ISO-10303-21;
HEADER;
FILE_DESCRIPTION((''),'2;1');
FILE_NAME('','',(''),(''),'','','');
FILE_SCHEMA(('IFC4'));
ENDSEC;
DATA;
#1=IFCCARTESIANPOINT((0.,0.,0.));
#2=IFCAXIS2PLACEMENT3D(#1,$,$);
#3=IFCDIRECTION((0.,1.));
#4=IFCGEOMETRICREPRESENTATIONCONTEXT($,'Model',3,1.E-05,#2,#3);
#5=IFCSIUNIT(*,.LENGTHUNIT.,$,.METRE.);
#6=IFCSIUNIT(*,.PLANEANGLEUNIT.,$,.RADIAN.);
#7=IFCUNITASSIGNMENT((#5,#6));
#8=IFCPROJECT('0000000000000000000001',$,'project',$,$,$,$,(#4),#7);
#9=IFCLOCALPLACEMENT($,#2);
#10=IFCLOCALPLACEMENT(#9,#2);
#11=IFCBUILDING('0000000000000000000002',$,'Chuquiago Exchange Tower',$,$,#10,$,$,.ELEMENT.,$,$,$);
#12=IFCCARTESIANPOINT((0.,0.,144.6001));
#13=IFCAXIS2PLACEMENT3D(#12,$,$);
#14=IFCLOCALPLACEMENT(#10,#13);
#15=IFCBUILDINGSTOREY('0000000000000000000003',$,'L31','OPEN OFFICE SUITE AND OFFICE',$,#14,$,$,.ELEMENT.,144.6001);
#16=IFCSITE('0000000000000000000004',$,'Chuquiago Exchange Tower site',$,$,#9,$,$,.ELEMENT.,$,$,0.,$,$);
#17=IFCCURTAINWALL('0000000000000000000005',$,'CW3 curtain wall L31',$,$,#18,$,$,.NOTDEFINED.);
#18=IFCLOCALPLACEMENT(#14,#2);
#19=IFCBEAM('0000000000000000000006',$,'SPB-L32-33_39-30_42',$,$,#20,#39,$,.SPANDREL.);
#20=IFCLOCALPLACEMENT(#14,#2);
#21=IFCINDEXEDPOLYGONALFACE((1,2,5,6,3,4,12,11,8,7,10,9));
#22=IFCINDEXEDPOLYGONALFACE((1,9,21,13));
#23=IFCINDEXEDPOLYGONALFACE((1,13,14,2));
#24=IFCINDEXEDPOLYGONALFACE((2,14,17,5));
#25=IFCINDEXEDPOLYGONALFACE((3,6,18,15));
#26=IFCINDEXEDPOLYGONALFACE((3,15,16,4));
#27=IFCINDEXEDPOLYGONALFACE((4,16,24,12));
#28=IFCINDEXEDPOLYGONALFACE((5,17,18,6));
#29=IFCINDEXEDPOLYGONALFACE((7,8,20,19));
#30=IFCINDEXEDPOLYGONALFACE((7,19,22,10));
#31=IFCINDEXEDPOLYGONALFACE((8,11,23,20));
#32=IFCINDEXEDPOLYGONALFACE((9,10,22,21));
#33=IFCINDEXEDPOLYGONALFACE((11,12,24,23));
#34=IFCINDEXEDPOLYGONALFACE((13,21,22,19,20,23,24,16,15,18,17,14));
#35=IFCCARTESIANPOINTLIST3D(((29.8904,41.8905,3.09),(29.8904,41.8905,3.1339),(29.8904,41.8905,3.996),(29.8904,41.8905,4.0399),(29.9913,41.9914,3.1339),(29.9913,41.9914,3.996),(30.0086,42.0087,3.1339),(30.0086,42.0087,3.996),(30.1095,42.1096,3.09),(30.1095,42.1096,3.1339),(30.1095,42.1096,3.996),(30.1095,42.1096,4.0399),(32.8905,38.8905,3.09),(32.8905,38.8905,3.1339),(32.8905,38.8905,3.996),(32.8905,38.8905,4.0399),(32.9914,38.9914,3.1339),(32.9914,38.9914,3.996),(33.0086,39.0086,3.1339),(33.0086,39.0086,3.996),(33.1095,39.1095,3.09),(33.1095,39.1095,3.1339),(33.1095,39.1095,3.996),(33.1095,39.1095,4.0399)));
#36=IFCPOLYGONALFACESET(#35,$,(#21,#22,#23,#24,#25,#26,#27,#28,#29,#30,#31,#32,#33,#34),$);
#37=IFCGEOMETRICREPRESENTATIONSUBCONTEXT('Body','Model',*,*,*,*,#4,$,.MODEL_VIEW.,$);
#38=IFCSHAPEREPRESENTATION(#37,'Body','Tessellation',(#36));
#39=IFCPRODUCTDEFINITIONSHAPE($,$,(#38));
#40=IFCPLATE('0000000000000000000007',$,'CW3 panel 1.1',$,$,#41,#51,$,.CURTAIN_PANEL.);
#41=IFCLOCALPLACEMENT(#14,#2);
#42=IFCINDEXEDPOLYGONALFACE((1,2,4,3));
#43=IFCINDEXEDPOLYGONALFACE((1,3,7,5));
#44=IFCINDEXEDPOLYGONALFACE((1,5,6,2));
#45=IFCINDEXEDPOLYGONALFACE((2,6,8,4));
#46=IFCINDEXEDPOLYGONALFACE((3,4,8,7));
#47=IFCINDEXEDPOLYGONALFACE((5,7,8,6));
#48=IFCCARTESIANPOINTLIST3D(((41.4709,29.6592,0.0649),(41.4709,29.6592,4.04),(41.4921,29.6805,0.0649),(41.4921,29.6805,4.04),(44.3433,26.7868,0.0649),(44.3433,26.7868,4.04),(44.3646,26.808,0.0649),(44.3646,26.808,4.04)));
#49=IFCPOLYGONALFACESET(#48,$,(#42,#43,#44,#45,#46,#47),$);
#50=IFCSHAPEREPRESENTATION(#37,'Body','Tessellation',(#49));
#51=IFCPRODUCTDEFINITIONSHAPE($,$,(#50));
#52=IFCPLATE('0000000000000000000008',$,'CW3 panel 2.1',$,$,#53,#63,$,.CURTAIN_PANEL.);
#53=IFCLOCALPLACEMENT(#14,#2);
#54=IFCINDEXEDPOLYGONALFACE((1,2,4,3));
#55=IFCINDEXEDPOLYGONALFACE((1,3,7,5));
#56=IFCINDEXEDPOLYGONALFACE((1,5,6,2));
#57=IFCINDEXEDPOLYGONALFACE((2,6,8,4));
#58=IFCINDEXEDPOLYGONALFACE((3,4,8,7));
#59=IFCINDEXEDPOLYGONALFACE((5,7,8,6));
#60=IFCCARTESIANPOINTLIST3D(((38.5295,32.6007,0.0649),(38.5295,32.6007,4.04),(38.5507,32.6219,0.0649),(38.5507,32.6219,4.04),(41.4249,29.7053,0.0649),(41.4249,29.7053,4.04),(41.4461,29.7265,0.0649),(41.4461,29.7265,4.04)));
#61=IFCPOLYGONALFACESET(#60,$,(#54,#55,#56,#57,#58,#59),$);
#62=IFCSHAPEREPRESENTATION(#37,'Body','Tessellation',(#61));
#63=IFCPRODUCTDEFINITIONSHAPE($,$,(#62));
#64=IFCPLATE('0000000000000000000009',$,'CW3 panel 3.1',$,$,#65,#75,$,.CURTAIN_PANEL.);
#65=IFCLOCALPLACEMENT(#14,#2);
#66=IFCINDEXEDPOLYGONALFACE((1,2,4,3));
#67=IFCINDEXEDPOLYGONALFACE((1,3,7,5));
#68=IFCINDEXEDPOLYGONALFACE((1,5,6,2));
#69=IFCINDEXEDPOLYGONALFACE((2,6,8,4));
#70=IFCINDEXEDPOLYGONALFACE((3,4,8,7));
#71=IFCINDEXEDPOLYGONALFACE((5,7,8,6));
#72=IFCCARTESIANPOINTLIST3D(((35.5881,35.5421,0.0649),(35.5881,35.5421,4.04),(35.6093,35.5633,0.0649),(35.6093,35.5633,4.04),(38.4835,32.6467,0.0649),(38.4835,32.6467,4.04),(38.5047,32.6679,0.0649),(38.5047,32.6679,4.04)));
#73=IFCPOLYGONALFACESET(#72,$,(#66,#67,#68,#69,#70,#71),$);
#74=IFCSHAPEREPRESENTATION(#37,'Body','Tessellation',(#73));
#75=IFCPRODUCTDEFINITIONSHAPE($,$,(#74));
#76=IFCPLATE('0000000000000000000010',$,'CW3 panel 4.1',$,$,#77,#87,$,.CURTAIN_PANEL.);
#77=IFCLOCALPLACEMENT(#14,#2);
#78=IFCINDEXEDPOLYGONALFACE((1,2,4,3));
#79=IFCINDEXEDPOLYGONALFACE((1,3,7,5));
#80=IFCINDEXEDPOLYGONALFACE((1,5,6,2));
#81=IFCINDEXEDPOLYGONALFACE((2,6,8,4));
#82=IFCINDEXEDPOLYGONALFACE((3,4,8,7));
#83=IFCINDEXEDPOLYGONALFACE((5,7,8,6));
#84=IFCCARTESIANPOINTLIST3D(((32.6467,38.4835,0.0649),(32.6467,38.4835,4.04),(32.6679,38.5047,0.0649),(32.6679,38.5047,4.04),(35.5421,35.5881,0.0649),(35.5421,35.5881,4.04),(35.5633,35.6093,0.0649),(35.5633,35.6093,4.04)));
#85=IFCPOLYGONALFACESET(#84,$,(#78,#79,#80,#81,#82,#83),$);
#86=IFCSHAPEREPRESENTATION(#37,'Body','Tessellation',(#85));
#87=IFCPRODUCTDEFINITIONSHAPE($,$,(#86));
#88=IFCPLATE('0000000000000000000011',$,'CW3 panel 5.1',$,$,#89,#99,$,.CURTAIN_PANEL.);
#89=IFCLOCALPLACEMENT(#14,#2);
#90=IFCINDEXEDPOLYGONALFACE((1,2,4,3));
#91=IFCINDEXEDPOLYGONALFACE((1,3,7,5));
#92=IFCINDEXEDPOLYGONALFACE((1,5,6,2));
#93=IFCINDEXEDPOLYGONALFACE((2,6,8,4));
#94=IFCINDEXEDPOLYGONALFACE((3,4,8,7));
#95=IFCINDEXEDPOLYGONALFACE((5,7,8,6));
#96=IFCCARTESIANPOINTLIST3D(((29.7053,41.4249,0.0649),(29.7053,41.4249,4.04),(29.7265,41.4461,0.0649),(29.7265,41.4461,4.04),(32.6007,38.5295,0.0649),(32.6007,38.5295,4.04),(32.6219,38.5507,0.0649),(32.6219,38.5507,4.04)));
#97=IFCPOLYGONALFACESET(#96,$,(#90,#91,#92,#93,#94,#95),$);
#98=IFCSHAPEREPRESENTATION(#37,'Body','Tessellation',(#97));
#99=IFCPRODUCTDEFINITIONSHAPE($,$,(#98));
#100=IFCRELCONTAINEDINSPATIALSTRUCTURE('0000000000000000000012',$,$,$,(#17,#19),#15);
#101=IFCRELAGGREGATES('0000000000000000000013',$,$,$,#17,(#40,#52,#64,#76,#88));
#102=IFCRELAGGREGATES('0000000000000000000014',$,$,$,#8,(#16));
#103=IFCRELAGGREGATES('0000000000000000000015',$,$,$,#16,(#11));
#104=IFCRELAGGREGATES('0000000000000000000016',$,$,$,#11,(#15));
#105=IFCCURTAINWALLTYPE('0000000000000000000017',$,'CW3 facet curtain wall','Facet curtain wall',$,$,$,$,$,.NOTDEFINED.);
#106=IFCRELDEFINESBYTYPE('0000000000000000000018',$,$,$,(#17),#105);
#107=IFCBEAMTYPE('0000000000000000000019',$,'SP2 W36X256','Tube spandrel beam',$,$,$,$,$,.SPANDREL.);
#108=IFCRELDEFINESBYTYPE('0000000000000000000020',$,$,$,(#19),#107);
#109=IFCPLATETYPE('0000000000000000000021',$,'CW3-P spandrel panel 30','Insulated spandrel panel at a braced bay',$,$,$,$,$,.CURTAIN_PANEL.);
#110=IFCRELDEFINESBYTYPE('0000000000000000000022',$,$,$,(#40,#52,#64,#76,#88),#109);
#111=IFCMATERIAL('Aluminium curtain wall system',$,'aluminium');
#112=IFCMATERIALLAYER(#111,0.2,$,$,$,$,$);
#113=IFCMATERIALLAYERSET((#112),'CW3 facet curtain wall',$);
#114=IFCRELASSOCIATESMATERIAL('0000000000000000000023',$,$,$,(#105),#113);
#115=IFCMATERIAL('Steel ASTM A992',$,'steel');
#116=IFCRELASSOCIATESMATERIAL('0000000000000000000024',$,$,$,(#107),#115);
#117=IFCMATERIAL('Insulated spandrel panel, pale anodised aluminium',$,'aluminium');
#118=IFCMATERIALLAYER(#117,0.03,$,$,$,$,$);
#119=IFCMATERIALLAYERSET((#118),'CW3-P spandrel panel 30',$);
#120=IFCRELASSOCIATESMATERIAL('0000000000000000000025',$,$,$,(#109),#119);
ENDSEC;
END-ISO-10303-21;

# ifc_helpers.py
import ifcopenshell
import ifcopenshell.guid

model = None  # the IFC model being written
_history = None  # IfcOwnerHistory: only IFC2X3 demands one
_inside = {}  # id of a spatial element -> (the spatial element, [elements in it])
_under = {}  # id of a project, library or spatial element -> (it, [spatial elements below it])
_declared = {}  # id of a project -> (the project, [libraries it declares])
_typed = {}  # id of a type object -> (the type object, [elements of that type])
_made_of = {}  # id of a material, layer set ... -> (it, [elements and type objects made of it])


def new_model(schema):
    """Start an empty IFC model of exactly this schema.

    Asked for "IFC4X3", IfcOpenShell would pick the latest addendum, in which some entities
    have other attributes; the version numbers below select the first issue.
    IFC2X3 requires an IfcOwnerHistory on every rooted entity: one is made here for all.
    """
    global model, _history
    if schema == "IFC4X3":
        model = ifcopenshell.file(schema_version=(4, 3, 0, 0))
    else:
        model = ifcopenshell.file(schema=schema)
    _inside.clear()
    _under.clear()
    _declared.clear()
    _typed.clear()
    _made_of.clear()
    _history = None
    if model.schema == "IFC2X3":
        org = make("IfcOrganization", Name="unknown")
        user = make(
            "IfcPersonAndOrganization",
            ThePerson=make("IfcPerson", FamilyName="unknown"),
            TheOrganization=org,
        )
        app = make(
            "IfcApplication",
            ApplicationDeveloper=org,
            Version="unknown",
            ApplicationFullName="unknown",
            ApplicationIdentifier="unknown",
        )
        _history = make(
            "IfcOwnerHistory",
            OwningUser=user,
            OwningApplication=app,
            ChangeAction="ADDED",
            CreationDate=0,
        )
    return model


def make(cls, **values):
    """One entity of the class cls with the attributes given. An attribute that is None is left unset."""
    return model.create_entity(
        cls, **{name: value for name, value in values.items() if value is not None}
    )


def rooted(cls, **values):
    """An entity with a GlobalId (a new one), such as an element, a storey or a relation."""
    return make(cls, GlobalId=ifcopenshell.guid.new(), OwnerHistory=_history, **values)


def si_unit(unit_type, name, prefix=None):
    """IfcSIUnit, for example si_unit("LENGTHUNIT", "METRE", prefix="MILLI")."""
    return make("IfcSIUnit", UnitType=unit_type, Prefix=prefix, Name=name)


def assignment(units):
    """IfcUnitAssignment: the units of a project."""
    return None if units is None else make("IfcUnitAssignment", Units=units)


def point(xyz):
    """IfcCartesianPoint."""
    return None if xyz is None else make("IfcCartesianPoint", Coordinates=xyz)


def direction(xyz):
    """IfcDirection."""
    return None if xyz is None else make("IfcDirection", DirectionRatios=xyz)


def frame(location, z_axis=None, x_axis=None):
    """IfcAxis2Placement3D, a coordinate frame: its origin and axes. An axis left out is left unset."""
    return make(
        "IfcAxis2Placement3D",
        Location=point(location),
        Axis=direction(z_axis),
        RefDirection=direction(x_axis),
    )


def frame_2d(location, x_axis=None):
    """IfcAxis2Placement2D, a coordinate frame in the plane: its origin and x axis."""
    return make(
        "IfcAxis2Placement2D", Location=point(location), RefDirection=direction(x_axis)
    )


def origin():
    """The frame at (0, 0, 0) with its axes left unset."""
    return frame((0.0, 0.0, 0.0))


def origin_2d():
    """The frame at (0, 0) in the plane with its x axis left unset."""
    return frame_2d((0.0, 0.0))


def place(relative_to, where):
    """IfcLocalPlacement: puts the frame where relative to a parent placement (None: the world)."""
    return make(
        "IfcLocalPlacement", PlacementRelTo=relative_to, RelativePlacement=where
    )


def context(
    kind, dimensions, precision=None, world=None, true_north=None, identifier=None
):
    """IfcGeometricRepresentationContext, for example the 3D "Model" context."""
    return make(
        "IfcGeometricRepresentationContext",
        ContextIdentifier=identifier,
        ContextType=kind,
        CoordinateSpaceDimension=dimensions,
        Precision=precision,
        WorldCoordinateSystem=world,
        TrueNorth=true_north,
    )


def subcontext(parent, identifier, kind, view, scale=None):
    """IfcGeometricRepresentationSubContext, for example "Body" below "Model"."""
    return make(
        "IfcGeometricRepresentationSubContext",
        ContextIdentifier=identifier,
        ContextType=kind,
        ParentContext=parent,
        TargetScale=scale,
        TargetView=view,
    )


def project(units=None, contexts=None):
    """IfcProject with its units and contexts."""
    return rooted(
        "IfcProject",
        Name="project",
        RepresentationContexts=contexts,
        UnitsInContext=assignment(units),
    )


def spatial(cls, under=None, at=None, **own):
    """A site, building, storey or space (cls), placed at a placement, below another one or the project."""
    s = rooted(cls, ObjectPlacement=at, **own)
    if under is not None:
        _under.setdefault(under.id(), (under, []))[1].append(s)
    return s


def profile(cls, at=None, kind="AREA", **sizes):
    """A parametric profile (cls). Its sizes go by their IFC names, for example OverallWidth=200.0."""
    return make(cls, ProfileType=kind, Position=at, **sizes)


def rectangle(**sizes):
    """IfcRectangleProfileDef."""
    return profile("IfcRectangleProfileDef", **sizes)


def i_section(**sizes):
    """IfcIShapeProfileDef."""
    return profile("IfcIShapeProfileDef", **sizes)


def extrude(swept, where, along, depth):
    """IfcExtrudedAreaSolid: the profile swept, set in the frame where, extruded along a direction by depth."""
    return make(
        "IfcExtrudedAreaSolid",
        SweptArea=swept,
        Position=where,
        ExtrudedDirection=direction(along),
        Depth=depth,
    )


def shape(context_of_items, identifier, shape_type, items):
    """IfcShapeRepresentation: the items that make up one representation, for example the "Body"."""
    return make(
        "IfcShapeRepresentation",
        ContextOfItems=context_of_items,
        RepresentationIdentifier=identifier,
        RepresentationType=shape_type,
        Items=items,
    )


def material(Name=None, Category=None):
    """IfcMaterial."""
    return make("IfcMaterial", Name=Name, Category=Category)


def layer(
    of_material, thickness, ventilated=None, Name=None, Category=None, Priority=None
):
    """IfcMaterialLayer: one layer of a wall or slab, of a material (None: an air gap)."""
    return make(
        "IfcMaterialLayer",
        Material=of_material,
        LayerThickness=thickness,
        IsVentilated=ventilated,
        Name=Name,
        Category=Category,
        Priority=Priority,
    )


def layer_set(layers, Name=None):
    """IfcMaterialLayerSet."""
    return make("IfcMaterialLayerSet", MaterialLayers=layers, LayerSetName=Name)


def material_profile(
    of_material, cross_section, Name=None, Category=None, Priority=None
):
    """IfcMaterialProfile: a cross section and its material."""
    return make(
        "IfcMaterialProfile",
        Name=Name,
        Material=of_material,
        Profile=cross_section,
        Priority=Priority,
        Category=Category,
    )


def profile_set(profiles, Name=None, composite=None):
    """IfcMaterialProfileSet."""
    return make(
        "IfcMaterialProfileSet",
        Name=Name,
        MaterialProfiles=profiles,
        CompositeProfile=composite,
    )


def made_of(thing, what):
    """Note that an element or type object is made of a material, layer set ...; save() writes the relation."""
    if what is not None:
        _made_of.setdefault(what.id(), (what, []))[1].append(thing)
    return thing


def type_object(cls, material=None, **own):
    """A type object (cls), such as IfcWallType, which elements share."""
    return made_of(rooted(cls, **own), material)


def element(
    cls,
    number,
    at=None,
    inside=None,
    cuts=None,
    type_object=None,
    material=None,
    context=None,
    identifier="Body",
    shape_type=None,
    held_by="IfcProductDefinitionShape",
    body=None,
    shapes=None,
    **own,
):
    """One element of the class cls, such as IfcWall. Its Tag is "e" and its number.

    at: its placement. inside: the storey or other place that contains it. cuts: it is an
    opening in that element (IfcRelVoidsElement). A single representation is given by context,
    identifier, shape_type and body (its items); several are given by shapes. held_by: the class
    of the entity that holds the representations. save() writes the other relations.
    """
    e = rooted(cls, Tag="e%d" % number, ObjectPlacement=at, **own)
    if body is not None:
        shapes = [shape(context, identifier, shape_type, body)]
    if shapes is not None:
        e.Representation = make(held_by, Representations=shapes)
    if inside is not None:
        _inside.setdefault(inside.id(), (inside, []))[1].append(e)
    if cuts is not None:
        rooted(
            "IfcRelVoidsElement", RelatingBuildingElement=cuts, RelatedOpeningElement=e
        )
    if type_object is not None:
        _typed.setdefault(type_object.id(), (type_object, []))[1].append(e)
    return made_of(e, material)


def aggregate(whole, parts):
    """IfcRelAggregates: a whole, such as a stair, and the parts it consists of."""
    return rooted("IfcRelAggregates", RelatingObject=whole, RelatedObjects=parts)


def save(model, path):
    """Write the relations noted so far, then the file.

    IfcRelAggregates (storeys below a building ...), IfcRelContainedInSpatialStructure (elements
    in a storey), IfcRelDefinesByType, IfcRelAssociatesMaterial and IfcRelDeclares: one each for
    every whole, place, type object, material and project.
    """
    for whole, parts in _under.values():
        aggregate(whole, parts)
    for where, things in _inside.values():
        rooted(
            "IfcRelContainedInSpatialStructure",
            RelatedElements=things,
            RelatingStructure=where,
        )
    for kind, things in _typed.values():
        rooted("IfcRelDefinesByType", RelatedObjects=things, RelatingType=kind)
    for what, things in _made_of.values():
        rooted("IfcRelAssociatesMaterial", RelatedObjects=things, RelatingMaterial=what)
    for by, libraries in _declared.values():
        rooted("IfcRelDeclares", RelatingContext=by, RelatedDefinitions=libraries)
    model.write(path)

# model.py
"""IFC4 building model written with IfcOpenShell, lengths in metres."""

from ifc_helpers import new_model, si_unit, direction, frame, origin, origin_2d, place, context, subcontext, project, spatial, rectangle, i_section, extrude, material, layer, layer_set, material_profile, profile_set, type_object, element, aggregate, save


model = new_model("IFC4")

# Units and contexts
model_context = context("Model", 3, precision=1e-05, world=origin(), true_north=direction((0.0, 1.0)))
body_context = subcontext(model_context, "Body", "Model", "MODEL_VIEW")
ifc_project = project(units=[si_unit("LENGTHUNIT", "METRE"), si_unit("PLANEANGLEUNIT", "RADIAN")], contexts=[model_context])

# Site, building, storey
site_placement = place(None, origin())
site = spatial("IfcSite", under=ifc_project, at=site_placement, Name="Chuquiago Exchange Tower site", CompositionType="ELEMENT", RefElevation=0.0)
building_placement = place(site_placement, origin())
building = spatial("IfcBuilding", under=site, at=building_placement, Name="Chuquiago Exchange Tower", CompositionType="ELEMENT")
storey_placement = place(building_placement, frame((0.0, 0.0, 144.6001)))
storey = spatial("IfcBuildingStorey", under=building, at=storey_placement, Name="L31", Description="OPEN OFFICE SUITE AND OFFICE", CompositionType="ELEMENT", Elevation=144.6001)

# Curtain wall
ifc_material_1 = material(Name="Aluminium curtain wall system", Category="aluminium")
ifc_layer_1 = layer(ifc_material_1, 0.2)
ifc_layer_set_1 = layer_set([ifc_layer_1], Name="CW3 facet curtain wall")
curtain_wall_type = type_object("IfcCurtainWallType", Name="CW3 facet curtain wall", Description="Facet curtain wall", PredefinedType="NOTDEFINED", material=ifc_layer_set_1)
curtain_wall_placement = place(storey_placement, origin())
curtain_wall = element("IfcCurtainWall", 1, at=curtain_wall_placement, inside=storey, type_object=curtain_wall_type, Name="CW3 curtain wall L31", PredefinedType="NOTDEFINED")

# Beam
ifc_material_2 = material(Name="Steel ASTM A992", Category="steel")
ifc_material_profile_1 = material_profile(ifc_material_2, i_section(OverallWidth=0.3098, OverallDepth=0.95, WebThickness=0.0244, FlangeThickness=0.0439, at=origin_2d()), Name="W36X256")
ifc_profile_set_1 = profile_set([ifc_material_profile_1], Name="Steel ASTM A992")
beam_type_1 = type_object("IfcBeamType", Name="SP2 W36X256", Description="Tube spandrel beam", PredefinedType="SPANDREL", material=ifc_profile_set_1)
for number, where, z_axis, x_axis, name in (
    (2, (33.0, 39.0, 3.5649), (-0.707107, 0.707107, 0.0), (-0.707107, -0.707107, 0.0), "SPB-L32-33_39-30_42"),
):
    element("IfcBeam", number, at=place(storey_placement, frame(where, z_axis=z_axis, x_axis=x_axis)), inside=storey, type_object=beam_type_1, Name=name, PredefinedType="SPANDREL", context=body_context, shape_type="SweptSolid", body=[
        extrude(i_section(OverallWidth=0.3098, OverallDepth=0.95, WebThickness=0.0244, FlangeThickness=0.0439, at=origin_2d()), origin(), (0.0, 0.0, 1.0), 4.2427),
    ])

# Plates
ifc_material_3 = material(Name="Insulated spandrel panel, pale anodised aluminium", Category="aluminium")
ifc_layer_2 = layer(ifc_material_3, 0.03)
ifc_layer_set_2 = layer_set([ifc_layer_2], Name="CW3-P spandrel panel 30")
plate_type = type_object("IfcPlateType", Name="CW3-P spandrel panel 30", Description="Insulated spandrel panel at a braced bay", PredefinedType="CURTAIN_PANEL", material=ifc_layer_set_2)
plate_1_placement = place(storey_placement, frame((42.9177, 28.2336, 0.0649), z_axis=(0.0, 0.0, 1.0), x_axis=(-0.707107, 0.707107, 0.0)))
plate_1 = element("IfcPlate", 3, at=plate_1_placement, type_object=plate_type, Name="CW3 panel 1.1", PredefinedType="CURTAIN_PANEL", context=body_context, shape_type="SweptSolid", body=[
    extrude(rectangle(XDim=4.0623, YDim=0.03, at=origin_2d()), origin(), (0.0, 0.0, 1.0), 3.9751),
])
plate_2_placement = place(storey_placement, frame((39.9878, 31.1636, 0.0649), z_axis=(0.0, 0.0, 1.0), x_axis=(-0.707107, 0.707107, 0.0)))
plate_2 = element("IfcPlate", 4, at=plate_2_placement, type_object=plate_type, Name="CW3 panel 2.1", PredefinedType="CURTAIN_PANEL", context=body_context, shape_type="SweptSolid", body=[
    extrude(rectangle(XDim=4.0947, YDim=0.03, at=origin_2d()), origin(), (0.0, 0.0, 1.0), 3.9751),
])
plate_3_placement = place(storey_placement, frame((37.0464, 34.105, 0.0649), z_axis=(0.0, 0.0, 1.0), x_axis=(-0.707107, 0.707107, 0.0)))
plate_3 = element("IfcPlate", 5, at=plate_3_placement, type_object=plate_type, Name="CW3 panel 3.1", PredefinedType="CURTAIN_PANEL", context=body_context, shape_type="SweptSolid", body=[
    extrude(rectangle(XDim=4.0947, YDim=0.03, at=origin_2d()), origin(), (0.0, 0.0, 1.0), 3.9751),
])
plate_4_placement = place(storey_placement, frame((34.105, 37.0464, 0.0649), z_axis=(0.0, 0.0, 1.0), x_axis=(-0.707107, 0.707107, 0.0)))
plate_4 = element("IfcPlate", 6, at=plate_4_placement, type_object=plate_type, Name="CW3 panel 4.1", PredefinedType="CURTAIN_PANEL", context=body_context, shape_type="SweptSolid", body=[
    extrude(rectangle(XDim=4.0947, YDim=0.03, at=origin_2d()), origin(), (0.0, 0.0, 1.0), 3.9751),
])
plate_5_placement = place(storey_placement, frame((31.1636, 39.9878, 0.0649), z_axis=(0.0, 0.0, 1.0), x_axis=(-0.707107, 0.707107, 0.0)))
plate_5 = element("IfcPlate", 7, at=plate_5_placement, type_object=plate_type, Name="CW3 panel 5.1", PredefinedType="CURTAIN_PANEL", context=body_context, shape_type="SweptSolid", body=[
    extrude(rectangle(XDim=4.0947, YDim=0.03, at=origin_2d()), origin(), (0.0, 0.0, 1.0), 3.9751),
])
aggregate(curtain_wall, [plate_1, plate_2, plate_3, plate_4, plate_5])

save(model, "model.ifc")
